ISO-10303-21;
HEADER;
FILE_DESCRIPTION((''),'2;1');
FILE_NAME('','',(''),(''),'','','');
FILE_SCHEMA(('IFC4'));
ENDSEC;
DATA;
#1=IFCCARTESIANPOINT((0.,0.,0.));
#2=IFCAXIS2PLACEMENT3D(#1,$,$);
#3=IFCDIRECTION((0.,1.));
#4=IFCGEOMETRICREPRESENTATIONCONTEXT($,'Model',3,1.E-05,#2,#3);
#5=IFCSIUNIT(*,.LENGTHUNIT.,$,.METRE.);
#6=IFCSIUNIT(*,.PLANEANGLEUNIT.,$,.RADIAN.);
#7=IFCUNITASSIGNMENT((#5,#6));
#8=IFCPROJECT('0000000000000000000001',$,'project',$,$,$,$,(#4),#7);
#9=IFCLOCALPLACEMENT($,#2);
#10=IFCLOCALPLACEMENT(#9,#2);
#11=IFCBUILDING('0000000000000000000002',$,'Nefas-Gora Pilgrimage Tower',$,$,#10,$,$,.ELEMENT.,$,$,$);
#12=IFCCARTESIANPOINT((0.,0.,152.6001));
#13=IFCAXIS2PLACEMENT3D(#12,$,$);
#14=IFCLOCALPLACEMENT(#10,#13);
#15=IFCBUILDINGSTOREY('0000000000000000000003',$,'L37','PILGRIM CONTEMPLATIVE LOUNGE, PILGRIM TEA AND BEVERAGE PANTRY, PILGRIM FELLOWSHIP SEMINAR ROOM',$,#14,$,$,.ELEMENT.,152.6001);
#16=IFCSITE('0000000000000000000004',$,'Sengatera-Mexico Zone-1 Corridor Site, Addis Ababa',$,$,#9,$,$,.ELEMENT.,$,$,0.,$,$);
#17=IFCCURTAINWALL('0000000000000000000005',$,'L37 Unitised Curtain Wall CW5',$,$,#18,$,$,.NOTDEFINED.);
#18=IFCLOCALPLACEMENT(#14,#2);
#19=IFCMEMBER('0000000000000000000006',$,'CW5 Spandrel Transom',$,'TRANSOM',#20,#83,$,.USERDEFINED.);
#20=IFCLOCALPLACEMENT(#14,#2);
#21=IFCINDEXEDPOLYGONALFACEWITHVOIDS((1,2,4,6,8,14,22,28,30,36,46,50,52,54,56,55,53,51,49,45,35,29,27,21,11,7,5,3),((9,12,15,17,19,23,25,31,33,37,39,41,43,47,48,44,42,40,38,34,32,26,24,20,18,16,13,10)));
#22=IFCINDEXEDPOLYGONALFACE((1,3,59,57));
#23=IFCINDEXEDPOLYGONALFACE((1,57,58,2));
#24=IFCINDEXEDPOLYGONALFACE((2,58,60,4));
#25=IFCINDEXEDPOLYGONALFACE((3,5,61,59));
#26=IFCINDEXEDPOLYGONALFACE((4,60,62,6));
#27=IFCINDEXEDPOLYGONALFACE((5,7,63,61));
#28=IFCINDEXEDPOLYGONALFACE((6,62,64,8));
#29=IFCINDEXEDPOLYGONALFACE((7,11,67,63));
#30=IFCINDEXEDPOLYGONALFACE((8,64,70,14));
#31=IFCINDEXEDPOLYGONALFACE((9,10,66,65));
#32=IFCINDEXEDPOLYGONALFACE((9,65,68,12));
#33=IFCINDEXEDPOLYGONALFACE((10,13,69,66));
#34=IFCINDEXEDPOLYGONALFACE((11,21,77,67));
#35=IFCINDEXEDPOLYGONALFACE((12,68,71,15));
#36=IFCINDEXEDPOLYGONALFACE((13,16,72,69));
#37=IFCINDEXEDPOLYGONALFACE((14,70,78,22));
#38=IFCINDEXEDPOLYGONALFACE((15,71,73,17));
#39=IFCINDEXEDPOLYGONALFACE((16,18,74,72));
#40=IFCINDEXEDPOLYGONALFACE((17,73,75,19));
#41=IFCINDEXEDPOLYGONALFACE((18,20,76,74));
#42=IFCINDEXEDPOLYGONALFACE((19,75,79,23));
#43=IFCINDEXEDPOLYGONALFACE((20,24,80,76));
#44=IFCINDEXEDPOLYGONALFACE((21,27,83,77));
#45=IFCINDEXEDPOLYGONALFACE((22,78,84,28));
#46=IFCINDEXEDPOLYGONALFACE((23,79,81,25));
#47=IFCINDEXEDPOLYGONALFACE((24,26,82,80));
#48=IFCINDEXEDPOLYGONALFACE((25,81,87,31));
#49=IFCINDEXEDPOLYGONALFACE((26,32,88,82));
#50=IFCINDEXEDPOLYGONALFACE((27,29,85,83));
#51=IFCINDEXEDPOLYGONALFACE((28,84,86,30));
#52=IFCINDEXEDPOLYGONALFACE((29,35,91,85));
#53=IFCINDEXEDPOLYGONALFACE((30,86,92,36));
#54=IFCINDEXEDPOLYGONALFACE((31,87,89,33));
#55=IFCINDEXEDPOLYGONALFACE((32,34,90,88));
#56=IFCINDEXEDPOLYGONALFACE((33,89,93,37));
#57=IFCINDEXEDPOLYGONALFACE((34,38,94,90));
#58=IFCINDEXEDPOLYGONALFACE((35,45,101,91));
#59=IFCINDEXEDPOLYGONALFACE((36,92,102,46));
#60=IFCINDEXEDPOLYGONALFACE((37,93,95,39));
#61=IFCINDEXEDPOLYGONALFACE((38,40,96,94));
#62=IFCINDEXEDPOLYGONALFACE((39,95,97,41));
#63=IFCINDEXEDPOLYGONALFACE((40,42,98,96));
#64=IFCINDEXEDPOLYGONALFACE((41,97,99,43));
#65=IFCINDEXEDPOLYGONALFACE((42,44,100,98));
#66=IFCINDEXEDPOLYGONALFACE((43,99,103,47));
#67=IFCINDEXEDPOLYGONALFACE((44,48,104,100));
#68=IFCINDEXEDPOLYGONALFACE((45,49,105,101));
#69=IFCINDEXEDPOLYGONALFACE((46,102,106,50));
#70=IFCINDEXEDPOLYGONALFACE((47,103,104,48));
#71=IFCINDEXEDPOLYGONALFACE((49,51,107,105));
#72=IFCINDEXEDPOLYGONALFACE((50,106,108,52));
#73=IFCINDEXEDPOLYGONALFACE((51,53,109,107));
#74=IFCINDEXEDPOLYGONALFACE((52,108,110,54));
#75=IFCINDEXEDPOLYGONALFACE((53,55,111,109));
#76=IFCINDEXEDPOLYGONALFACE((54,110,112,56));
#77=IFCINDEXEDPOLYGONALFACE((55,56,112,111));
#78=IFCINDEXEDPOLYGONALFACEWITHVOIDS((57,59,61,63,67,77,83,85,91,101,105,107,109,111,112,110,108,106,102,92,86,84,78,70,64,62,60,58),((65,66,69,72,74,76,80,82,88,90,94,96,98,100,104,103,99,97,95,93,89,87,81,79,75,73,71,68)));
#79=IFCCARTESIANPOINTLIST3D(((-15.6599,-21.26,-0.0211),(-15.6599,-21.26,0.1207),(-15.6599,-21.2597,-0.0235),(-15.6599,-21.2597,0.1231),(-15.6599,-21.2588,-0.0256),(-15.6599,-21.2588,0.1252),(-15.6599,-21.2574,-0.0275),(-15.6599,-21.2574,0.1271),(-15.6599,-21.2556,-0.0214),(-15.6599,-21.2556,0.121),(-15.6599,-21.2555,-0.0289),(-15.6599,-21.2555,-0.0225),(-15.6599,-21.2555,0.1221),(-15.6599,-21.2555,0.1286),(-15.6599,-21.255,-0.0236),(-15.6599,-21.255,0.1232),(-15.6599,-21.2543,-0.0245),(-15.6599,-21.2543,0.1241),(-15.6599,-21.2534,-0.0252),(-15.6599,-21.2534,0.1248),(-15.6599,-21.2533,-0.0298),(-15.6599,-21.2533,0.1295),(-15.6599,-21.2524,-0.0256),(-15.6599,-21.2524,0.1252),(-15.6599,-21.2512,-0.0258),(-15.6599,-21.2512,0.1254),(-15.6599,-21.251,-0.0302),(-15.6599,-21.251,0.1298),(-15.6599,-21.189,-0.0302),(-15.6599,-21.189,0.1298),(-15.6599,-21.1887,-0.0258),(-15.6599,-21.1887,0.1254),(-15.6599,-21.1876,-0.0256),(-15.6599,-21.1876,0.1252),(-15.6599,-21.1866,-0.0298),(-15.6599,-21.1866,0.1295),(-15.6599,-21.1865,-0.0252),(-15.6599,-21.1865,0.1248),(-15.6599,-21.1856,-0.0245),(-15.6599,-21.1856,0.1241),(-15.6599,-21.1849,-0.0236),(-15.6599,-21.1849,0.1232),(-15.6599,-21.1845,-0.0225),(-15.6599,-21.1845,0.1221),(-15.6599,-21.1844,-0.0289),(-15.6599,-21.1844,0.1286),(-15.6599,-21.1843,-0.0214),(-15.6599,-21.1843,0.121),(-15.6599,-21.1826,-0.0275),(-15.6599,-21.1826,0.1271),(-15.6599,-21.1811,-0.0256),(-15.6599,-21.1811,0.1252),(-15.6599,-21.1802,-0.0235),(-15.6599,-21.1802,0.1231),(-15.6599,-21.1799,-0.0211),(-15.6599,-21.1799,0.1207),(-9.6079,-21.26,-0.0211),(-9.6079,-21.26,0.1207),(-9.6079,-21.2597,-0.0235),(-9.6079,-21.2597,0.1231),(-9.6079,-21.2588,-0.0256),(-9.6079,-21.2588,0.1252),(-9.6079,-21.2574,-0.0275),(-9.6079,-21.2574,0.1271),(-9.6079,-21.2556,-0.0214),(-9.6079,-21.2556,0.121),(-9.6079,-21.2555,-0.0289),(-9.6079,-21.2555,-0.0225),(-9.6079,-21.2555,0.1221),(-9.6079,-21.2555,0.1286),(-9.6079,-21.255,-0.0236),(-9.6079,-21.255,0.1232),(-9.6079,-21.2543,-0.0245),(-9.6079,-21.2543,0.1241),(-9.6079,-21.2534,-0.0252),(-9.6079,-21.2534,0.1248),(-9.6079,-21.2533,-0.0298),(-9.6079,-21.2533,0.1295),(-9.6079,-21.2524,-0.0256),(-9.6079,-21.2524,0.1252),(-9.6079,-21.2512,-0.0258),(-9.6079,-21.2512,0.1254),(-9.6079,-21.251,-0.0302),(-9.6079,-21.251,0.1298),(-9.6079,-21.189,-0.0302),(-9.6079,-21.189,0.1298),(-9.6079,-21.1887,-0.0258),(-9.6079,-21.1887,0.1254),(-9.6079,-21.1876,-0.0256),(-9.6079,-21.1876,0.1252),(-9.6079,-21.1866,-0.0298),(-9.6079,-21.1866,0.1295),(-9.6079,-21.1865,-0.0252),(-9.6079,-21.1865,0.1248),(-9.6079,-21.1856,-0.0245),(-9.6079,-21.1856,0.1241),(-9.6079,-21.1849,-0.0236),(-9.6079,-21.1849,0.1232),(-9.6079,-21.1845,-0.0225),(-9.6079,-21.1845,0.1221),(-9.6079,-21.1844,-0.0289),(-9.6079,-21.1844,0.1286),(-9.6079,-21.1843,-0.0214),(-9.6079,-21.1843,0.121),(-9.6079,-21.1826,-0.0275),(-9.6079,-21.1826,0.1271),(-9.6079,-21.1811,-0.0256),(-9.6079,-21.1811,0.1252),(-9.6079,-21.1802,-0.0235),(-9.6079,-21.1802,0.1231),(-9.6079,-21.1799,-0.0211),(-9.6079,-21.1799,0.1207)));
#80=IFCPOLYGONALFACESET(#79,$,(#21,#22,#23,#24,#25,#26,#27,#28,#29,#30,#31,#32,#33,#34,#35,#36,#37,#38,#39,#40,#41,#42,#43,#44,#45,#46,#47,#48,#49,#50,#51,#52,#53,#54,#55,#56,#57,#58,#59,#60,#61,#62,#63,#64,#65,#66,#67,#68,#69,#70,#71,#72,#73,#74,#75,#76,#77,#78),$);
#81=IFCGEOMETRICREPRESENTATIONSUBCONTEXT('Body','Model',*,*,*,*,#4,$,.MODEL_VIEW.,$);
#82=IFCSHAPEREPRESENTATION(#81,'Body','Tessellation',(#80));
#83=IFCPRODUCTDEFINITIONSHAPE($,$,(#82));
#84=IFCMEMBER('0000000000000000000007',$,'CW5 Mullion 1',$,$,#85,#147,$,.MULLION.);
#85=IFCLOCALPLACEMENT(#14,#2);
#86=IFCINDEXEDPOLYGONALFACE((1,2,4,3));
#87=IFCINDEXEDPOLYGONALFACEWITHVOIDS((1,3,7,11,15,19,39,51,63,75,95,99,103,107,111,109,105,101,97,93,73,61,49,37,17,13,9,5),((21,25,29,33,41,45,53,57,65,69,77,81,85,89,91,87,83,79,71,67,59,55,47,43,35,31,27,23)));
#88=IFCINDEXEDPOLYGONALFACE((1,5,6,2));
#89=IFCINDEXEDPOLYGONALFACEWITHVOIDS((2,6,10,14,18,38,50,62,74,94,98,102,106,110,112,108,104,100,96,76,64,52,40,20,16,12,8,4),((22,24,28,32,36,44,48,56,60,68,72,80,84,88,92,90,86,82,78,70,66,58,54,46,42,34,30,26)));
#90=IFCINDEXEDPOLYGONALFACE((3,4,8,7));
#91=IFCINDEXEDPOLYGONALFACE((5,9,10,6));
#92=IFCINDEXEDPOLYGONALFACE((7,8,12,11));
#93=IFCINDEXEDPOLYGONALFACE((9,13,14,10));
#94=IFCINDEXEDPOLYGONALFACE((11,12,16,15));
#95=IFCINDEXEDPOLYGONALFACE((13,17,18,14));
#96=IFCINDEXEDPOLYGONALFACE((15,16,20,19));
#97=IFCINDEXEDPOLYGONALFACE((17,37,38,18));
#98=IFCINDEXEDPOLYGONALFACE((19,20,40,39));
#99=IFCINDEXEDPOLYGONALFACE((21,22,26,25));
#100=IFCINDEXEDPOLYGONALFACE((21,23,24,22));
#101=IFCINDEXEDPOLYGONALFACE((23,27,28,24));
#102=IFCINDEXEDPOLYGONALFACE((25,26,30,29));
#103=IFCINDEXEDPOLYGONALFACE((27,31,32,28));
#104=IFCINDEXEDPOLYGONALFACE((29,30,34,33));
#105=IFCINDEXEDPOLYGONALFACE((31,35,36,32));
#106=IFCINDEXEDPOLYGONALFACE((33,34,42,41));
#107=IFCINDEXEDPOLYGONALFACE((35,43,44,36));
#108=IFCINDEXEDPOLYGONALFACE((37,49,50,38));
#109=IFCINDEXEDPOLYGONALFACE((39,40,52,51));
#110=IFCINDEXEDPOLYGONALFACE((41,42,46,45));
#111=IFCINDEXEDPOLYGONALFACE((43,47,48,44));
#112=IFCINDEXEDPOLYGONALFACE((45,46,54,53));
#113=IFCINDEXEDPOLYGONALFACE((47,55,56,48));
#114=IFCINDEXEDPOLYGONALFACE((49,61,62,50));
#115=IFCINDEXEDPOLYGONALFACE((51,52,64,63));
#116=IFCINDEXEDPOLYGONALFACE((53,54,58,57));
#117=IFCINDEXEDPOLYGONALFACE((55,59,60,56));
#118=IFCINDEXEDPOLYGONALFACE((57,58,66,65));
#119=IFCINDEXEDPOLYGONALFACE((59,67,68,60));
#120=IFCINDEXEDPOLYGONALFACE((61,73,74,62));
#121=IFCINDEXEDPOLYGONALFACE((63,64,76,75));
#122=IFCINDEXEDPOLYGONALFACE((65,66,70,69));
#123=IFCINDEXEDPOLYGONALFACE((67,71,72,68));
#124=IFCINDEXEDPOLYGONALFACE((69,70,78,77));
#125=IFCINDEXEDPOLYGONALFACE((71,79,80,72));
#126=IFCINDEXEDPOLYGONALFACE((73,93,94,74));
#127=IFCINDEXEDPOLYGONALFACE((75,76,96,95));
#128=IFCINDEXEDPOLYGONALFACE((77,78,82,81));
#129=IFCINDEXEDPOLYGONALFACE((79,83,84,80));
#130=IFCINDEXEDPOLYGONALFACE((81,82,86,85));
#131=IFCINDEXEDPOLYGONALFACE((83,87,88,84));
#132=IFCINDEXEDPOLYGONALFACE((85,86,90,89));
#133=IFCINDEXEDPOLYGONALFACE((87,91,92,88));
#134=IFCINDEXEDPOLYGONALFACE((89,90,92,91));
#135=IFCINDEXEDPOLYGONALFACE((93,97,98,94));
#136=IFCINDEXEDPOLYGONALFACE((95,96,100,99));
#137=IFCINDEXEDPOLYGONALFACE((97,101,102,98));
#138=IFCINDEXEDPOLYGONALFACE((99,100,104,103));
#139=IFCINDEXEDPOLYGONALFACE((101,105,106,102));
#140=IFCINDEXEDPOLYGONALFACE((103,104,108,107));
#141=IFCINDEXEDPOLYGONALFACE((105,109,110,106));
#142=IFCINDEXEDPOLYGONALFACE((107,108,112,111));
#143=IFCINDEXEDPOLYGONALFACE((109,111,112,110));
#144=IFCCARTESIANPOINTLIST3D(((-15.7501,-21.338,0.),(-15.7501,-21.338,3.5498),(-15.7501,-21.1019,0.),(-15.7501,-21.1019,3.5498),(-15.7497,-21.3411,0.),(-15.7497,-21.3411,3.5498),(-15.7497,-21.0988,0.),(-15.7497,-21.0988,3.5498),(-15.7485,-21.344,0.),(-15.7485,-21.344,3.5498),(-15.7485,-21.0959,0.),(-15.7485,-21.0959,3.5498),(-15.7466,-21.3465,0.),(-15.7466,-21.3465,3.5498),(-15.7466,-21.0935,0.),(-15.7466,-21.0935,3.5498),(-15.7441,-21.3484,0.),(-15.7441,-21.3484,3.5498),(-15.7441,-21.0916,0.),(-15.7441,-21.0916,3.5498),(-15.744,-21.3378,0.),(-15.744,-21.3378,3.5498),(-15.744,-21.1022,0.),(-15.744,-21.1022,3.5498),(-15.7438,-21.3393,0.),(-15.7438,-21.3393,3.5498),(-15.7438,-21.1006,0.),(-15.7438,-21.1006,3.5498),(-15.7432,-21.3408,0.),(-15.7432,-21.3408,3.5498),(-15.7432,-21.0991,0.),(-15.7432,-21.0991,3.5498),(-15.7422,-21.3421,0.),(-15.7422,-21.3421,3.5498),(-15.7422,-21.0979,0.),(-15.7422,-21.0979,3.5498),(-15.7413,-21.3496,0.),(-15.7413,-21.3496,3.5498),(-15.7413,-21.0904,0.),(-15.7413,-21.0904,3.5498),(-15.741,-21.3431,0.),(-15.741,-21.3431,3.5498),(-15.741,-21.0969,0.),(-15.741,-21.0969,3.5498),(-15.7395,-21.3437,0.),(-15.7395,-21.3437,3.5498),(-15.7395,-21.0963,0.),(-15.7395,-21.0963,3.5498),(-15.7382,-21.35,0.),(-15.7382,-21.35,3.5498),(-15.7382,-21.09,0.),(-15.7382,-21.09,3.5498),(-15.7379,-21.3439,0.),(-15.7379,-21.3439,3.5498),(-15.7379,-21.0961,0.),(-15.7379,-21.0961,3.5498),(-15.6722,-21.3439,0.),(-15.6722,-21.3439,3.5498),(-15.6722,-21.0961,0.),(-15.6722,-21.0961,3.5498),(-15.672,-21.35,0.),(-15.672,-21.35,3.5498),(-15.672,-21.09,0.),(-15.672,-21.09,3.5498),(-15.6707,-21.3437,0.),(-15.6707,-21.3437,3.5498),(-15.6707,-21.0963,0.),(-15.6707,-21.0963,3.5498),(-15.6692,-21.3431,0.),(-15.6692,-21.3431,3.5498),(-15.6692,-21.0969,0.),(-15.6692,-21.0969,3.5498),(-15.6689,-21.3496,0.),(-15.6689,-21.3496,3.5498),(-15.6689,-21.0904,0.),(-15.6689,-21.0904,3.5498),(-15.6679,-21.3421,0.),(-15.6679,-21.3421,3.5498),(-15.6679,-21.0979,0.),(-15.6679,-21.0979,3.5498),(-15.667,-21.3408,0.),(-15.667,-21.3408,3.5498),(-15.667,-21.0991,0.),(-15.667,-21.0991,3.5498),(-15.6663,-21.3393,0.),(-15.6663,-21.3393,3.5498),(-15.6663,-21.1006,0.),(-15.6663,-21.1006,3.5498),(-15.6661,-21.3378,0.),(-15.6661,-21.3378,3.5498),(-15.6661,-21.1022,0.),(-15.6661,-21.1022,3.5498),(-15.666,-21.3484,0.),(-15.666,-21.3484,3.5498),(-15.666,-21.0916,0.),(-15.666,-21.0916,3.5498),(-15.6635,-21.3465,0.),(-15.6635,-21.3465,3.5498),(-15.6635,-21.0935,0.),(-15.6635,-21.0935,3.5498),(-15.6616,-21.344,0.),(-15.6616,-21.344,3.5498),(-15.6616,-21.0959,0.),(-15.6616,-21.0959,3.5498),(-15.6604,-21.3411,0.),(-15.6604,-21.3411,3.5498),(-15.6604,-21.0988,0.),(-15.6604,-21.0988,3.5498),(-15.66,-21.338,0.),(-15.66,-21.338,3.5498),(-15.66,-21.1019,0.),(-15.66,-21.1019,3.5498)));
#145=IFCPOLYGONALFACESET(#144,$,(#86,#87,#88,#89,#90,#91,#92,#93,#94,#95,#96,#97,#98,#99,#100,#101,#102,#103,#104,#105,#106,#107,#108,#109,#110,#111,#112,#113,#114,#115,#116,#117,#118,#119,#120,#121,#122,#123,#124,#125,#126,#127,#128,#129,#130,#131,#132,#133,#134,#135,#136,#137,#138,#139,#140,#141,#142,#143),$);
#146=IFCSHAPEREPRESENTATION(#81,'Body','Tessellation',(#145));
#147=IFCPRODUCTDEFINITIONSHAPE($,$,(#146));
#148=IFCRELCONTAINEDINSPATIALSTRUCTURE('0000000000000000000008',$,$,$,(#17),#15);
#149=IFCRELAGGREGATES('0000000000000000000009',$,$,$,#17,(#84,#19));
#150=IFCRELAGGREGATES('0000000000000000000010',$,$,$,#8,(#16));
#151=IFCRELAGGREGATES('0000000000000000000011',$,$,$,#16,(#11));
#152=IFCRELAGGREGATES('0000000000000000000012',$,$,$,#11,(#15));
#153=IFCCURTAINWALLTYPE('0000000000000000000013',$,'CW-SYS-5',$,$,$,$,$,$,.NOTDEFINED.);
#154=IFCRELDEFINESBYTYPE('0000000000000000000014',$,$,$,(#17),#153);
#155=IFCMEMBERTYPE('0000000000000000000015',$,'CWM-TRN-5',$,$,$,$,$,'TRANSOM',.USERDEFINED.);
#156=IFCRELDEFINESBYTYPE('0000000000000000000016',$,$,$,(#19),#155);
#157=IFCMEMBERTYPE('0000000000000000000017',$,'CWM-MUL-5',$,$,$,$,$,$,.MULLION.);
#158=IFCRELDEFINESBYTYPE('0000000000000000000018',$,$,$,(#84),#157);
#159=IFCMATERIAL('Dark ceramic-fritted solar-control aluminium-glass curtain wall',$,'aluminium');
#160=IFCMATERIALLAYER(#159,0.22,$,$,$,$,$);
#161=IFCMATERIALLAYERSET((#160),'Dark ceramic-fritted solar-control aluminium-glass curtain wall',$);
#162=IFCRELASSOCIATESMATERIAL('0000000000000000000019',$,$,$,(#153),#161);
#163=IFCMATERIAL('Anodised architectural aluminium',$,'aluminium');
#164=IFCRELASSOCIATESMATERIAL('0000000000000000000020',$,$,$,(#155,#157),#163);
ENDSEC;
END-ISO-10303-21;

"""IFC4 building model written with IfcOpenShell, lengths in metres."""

from ifc_helpers import new_model, si_unit, direction, frame, origin, origin_2d, place, context, subcontext, project, spatial, hollow_rectangle, extrude, source, transform, mapped, material, layer, layer_set, material_profile, profile_set, type_object, element, aggregate, save


model = new_model("IFC4")

# Units and contexts
model_context = context("Model", 3, precision=1e-05, world=origin(), true_north=direction((0.0, 1.0)))
body_context = subcontext(model_context, "Body", "Model", "MODEL_VIEW")
ifc_project = project(units=[si_unit("LENGTHUNIT", "METRE"), si_unit("PLANEANGLEUNIT", "RADIAN")], contexts=[model_context])

# Site, building, storey
site_placement = place(None, origin())
site = spatial("IfcSite", under=ifc_project, at=site_placement, Name="Sengatera-Mexico Zone-1 Corridor Site, Addis Ababa", CompositionType="ELEMENT", RefElevation=0.0)
building_placement = place(site_placement, origin())
building = spatial("IfcBuilding", under=site, at=building_placement, Name="Nefas-Gora Pilgrimage Tower", CompositionType="ELEMENT")
storey_placement = place(building_placement, frame((0.0, 0.0, 152.6001)))
storey = spatial("IfcBuildingStorey", under=building, at=storey_placement, Name="L37", Description="PILGRIM CONTEMPLATIVE LOUNGE, PILGRIM TEA AND BEVERAGE PANTRY, PILGRIM FELLOWSHIP SEMINAR ROOM", CompositionType="ELEMENT", Elevation=152.6001)

# Curtain wall, members
ifc_material_1 = material(Name="Dark ceramic-fritted solar-control aluminium-glass curtain wall", Category="aluminium")
ifc_layer_1 = layer(ifc_material_1, 0.22)
ifc_layer_set_1 = layer_set([ifc_layer_1], Name="Dark ceramic-fritted solar-control aluminium-glass curtain wall")
curtain_wall_type_1 = type_object("IfcCurtainWallType", Name="CW-SYS-5", PredefinedType="NOTDEFINED", material=ifc_layer_set_1)
curtain_wall_1_placement = place(storey_placement, origin())
curtain_wall_1 = element("IfcCurtainWall", 1, at=curtain_wall_1_placement, inside=storey, type_object=curtain_wall_type_1, Name="L37 Unitised Curtain Wall CW5", PredefinedType="NOTDEFINED")
ifc_material_2 = material(Name="Anodised architectural aluminium", Category="aluminium")
ifc_material_profile_1 = material_profile(ifc_material_2, hollow_rectangle(XDim=0.0801, YDim=0.1599, WallThickness=0.0044, InnerFilletRadius=0.0044, OuterFilletRadius=0.009, at=origin_2d()), Name="ALU TRANSOM 80x160")
ifc_profile_set_1 = profile_set([ifc_material_profile_1], Name="Anodised architectural aluminium")
member_type_1 = type_object("IfcMemberType", Name="CWM-TRN-5", ElementType="TRANSOM", PredefinedType="USERDEFINED", material=ifc_profile_set_1)
shared_shape_1 = source(origin(), body_context, "Body", "SweptSolid", [
    extrude(hollow_rectangle(XDim=0.0801, YDim=0.1599, WallThickness=0.0044, InnerFilletRadius=0.0044, OuterFilletRadius=0.009, at=origin_2d()), origin(), (0.0, 0.0, 1.0), 6.052),
])
member_1_placement = place(storey_placement, frame((-15.6599, -21.22, 0.0498), z_axis=(1.0, 0.0, 0.0), x_axis=(0.0, 1.0, 0.0)))
member_1 = element("IfcMember", 2, at=member_1_placement, type_object=member_type_1, Name="CW5 Spandrel Transom", ObjectType="TRANSOM", PredefinedType="USERDEFINED", context=body_context, shape_type="MappedRepresentation", body=[
    mapped(shared_shape_1, transform((0.0, 0.0, 0.0), x_axis=(1.0, 0.0, 0.0), y_axis=(0.0, 1.0, 0.0), z_axis=(0.0, 0.0, 1.0), scale=1.0)),
])
ifc_material_profile_2 = material_profile(ifc_material_2, hollow_rectangle(XDim=0.0901, YDim=0.26, WallThickness=0.0061, InnerFilletRadius=0.0061, OuterFilletRadius=0.012, at=origin_2d()), Name="ALU MULLION 90x260")
ifc_profile_set_2 = profile_set([ifc_material_profile_2], Name="Anodised architectural aluminium")
member_type_2 = type_object("IfcMemberType", Name="CWM-MUL-5", PredefinedType="MULLION", material=ifc_profile_set_2)
shared_shape_2 = source(origin(), body_context, "Body", "SweptSolid", [
    extrude(hollow_rectangle(XDim=0.0901, YDim=0.26, WallThickness=0.0061, InnerFilletRadius=0.0061, OuterFilletRadius=0.012, at=origin_2d()), origin(), (0.0, 0.0, 1.0), 3.5498),
])
member_2_placement = place(storey_placement, frame((-15.7051, -21.22, 0.0), z_axis=(0.0, 0.0, 1.0), x_axis=(1.0, 0.0, 0.0)))
member_2 = element("IfcMember", 3, at=member_2_placement, type_object=member_type_2, Name="CW5 Mullion 1", PredefinedType="MULLION", context=body_context, shape_type="MappedRepresentation", body=[
    mapped(shared_shape_2, transform((0.0, 0.0, 0.0), x_axis=(1.0, 0.0, 0.0), y_axis=(0.0, 1.0, 0.0), z_axis=(0.0, 0.0, 1.0), scale=1.0)),
])

aggregate(curtain_wall_1, [member_2, member_1])

save(model, "model.ifc")
